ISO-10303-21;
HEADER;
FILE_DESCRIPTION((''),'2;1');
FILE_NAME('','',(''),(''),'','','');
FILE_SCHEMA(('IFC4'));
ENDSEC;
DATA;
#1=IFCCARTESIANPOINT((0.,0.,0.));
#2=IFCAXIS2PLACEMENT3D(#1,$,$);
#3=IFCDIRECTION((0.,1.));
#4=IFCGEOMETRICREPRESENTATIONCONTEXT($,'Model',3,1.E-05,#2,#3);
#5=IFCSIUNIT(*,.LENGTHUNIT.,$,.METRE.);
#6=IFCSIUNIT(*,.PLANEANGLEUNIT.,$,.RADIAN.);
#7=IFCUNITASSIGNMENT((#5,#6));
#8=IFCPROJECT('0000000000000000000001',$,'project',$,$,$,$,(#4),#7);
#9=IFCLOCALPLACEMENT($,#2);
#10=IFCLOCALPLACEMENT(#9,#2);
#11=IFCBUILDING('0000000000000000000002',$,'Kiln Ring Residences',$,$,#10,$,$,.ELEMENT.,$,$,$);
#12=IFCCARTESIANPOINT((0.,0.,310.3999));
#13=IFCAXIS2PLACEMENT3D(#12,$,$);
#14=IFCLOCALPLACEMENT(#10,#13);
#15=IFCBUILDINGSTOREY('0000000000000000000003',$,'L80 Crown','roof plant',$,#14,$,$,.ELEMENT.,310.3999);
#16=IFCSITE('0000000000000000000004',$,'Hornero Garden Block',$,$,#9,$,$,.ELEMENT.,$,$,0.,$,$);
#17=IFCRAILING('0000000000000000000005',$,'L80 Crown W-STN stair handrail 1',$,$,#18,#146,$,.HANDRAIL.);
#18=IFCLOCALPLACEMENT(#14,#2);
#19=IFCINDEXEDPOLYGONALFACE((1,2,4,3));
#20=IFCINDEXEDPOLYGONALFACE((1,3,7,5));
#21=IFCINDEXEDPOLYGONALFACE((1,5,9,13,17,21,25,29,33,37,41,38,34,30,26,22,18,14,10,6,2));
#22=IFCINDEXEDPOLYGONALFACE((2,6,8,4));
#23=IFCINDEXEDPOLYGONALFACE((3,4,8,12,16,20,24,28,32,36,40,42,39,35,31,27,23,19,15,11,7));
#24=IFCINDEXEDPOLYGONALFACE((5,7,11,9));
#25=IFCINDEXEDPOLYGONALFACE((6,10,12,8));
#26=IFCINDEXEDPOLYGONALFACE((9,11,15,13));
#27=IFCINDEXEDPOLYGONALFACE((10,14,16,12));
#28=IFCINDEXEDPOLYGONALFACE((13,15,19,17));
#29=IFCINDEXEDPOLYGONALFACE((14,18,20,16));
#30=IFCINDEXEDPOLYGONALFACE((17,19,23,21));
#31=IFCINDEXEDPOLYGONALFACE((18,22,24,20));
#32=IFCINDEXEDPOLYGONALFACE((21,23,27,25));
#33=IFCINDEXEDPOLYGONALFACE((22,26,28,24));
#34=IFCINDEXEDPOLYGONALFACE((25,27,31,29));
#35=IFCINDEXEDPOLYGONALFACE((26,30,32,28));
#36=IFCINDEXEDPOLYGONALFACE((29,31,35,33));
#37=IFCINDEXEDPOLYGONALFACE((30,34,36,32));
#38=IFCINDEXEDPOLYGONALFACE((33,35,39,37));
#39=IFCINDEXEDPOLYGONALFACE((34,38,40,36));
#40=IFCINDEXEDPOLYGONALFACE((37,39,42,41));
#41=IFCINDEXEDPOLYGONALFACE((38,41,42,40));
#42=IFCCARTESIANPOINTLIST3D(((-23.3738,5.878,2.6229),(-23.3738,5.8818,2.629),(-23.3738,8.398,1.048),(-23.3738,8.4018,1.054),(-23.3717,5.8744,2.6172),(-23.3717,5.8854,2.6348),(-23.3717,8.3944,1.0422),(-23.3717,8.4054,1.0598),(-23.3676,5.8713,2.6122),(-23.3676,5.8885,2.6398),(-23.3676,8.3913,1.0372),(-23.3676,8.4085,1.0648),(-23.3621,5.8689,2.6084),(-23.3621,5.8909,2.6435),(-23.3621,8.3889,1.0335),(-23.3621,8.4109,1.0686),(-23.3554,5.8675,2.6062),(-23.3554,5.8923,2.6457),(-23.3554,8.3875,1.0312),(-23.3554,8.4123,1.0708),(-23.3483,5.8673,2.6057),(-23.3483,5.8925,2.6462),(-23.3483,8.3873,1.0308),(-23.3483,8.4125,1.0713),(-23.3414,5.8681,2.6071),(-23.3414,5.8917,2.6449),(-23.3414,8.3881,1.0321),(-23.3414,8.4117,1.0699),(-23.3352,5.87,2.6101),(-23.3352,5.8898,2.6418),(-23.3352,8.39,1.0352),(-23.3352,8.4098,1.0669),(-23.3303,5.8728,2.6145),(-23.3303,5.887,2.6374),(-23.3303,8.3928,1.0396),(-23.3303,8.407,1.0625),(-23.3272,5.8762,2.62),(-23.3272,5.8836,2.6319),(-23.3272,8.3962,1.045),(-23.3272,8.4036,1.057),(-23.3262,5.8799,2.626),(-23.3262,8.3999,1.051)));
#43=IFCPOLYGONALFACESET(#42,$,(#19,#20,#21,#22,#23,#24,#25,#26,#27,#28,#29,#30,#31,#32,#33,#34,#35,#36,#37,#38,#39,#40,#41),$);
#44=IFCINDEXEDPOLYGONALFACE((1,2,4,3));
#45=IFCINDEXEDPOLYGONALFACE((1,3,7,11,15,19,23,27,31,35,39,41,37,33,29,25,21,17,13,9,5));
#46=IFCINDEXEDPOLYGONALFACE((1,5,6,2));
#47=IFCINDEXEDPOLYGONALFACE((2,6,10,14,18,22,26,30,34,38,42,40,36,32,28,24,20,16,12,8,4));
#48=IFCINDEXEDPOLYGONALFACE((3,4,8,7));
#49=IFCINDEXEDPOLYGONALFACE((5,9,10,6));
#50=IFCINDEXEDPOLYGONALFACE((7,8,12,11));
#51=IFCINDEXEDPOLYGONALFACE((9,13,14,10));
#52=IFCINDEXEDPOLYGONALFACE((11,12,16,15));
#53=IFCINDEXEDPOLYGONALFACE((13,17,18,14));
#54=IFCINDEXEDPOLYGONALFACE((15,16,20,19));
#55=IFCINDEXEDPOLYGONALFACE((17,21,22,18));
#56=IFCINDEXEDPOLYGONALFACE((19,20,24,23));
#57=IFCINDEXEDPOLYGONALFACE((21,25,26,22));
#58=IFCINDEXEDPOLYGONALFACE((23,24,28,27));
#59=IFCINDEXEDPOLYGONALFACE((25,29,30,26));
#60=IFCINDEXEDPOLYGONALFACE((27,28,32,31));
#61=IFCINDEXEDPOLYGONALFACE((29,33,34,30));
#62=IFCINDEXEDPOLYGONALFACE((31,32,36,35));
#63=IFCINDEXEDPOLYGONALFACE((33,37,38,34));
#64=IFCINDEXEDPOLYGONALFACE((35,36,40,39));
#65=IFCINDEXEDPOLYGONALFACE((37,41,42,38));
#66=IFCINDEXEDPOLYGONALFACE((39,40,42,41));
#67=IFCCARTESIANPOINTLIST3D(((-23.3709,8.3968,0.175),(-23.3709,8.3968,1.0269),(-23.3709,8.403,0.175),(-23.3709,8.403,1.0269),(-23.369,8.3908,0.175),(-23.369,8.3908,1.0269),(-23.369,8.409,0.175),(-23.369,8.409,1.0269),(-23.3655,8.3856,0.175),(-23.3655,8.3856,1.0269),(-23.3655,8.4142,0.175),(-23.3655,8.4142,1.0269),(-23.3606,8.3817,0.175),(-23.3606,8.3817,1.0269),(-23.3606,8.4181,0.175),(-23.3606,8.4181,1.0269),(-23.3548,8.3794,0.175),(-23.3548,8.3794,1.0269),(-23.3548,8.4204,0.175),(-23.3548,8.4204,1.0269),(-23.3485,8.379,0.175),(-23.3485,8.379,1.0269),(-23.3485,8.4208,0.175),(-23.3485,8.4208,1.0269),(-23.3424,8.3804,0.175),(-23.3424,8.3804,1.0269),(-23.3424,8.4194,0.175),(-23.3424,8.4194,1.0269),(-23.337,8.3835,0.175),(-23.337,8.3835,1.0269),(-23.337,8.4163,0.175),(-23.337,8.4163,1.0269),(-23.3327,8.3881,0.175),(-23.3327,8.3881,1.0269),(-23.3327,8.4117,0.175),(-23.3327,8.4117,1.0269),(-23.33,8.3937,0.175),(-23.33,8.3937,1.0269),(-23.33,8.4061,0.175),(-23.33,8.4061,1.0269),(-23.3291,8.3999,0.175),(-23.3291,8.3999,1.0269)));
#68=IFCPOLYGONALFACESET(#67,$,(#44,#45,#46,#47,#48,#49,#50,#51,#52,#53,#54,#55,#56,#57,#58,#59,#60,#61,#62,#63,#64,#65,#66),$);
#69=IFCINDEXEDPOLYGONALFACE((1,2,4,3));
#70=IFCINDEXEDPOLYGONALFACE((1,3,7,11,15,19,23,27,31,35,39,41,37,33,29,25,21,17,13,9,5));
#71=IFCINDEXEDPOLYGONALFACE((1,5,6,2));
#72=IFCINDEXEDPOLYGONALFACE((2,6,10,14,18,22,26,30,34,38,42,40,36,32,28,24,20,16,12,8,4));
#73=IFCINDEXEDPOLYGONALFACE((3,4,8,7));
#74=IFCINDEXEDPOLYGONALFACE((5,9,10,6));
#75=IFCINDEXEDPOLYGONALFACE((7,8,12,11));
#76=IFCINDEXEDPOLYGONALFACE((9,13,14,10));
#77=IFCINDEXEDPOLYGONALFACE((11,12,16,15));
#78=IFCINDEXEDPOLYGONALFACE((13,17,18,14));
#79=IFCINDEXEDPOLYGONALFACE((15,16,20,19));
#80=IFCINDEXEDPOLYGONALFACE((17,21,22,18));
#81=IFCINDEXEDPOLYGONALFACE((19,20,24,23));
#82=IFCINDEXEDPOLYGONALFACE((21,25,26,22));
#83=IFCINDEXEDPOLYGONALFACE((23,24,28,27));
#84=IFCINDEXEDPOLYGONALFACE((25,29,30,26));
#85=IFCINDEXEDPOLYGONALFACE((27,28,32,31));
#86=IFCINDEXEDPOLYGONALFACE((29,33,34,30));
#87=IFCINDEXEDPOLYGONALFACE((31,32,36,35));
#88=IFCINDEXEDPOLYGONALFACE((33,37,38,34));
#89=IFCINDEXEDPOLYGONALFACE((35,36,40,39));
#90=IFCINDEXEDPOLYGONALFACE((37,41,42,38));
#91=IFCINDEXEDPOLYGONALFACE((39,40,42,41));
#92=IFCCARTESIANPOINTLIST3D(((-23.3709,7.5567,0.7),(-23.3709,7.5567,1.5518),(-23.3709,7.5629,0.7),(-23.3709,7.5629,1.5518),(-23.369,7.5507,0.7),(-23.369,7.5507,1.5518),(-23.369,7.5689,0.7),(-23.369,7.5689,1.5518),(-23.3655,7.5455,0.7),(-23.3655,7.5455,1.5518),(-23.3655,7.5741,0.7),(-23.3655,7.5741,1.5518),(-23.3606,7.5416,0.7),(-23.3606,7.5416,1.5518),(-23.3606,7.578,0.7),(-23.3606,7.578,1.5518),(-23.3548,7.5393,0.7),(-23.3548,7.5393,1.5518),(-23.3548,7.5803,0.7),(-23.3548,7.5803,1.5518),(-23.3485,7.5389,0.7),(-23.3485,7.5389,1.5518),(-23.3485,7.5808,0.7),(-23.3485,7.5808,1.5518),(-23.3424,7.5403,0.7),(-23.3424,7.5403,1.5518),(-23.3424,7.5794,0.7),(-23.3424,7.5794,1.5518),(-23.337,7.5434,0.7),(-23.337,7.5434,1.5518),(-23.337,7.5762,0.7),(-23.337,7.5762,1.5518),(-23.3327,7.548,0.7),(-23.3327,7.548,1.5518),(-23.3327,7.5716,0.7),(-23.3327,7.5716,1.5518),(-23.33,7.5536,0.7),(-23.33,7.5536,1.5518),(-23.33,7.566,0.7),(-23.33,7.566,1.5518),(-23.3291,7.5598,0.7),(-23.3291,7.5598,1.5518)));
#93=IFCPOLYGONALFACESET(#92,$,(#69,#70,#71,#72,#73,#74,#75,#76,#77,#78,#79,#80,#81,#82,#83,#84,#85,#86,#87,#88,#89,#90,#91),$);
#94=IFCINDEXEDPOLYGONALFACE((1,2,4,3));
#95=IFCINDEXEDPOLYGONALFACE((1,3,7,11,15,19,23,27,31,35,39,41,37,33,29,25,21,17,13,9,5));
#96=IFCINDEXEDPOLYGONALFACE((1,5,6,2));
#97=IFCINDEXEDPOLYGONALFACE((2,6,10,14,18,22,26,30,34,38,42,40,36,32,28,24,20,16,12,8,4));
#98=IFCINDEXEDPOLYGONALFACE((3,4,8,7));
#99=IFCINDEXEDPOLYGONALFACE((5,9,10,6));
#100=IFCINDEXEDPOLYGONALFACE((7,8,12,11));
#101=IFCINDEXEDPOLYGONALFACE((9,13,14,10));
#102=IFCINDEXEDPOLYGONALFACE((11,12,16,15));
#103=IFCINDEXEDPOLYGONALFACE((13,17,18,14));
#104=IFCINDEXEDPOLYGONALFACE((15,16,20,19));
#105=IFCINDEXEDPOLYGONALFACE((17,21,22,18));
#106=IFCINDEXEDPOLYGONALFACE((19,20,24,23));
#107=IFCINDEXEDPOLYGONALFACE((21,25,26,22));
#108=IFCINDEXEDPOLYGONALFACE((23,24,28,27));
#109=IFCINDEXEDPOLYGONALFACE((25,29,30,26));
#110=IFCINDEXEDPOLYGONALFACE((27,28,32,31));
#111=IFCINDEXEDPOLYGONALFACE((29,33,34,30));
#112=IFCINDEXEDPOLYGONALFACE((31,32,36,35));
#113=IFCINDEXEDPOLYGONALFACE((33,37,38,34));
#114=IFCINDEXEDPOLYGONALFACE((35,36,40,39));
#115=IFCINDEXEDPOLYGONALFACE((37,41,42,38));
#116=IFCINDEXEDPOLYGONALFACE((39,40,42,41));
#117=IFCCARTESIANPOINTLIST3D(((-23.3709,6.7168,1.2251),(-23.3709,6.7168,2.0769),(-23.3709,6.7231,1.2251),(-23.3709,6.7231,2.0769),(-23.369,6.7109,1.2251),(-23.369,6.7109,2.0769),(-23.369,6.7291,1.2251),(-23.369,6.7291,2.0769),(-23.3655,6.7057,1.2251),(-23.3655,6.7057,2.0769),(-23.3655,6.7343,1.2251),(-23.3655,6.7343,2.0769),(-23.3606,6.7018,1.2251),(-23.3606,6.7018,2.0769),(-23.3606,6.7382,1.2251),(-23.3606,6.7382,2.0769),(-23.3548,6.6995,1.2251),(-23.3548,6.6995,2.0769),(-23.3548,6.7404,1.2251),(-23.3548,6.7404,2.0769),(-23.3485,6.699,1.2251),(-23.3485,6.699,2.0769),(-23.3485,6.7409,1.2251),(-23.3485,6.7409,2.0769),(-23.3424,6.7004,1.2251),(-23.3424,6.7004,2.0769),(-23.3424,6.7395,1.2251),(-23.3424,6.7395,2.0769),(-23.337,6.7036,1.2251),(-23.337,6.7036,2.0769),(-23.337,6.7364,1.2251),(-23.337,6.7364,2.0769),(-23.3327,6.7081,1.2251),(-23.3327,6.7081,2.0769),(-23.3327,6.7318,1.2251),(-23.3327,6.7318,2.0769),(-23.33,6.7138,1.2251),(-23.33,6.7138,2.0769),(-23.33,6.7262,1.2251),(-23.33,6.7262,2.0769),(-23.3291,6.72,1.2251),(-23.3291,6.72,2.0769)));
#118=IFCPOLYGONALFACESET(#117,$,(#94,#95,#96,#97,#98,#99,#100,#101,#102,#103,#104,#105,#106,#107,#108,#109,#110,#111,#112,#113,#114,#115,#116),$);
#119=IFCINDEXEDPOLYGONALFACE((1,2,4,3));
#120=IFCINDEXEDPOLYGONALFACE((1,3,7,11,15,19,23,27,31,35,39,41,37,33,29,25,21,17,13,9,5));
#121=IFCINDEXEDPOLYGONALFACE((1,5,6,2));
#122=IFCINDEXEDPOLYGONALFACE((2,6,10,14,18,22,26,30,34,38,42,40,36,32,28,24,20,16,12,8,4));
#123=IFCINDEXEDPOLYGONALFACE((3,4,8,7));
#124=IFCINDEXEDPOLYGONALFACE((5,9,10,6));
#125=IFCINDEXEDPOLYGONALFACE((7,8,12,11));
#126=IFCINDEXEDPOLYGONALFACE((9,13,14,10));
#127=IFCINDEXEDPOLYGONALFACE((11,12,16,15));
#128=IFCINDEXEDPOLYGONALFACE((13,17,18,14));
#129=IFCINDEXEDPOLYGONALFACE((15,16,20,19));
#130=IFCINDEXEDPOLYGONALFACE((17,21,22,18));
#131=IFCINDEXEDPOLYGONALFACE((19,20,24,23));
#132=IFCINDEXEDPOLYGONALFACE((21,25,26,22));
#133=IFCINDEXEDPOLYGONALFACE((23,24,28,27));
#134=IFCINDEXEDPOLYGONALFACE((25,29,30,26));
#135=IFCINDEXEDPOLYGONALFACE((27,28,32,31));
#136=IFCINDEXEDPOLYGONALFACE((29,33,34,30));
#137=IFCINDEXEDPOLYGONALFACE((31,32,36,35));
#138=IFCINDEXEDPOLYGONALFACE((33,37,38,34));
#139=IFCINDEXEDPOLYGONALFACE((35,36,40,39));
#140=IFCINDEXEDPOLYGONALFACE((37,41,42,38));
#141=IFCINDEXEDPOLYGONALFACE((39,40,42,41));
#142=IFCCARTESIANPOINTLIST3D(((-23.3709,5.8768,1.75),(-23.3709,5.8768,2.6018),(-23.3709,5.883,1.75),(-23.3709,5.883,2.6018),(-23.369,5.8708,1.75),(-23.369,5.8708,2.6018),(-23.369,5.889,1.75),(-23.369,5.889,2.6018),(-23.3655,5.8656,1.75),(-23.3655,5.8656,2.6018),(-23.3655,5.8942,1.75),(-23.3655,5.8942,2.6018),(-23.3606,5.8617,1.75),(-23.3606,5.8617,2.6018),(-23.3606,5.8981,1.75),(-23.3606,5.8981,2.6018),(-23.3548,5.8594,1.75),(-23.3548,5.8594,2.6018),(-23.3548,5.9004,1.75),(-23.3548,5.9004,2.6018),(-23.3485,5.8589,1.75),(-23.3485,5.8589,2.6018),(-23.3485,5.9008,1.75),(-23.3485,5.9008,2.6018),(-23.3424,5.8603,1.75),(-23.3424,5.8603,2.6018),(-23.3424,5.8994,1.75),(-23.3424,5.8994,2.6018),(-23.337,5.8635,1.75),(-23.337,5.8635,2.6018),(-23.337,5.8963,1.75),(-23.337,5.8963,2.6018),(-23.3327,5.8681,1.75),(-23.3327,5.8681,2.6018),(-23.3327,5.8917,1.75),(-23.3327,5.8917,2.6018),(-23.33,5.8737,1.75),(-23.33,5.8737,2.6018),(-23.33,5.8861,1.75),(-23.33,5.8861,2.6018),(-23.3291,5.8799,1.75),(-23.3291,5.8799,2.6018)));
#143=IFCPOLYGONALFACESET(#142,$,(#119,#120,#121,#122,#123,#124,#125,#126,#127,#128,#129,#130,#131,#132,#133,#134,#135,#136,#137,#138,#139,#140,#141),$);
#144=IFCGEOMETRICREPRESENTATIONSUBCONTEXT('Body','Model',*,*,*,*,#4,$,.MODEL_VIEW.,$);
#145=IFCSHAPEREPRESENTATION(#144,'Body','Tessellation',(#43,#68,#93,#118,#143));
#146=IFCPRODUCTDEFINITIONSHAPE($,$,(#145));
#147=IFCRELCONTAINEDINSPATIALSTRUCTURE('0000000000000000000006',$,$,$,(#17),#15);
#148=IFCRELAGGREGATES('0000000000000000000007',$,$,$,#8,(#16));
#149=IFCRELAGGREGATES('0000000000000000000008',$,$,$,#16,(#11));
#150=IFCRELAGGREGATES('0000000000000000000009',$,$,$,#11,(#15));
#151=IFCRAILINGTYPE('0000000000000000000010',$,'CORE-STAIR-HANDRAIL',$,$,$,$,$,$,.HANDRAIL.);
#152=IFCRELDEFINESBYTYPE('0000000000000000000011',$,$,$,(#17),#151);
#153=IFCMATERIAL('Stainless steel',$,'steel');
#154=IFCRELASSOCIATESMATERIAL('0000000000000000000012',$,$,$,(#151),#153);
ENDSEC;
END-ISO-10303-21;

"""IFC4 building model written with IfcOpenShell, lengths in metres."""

from ifc_helpers import new_model, si_unit, direction, frame, origin, origin_2d, place, context, subcontext, project, spatial, circle, extrude, material, type_object, element, save


model = new_model("IFC4")

# Units and contexts
model_context = context("Model", 3, precision=1e-05, world=origin(), true_north=direction((0.0, 1.0)))
body_context = subcontext(model_context, "Body", "Model", "MODEL_VIEW")
ifc_project = project(units=[si_unit("LENGTHUNIT", "METRE"), si_unit("PLANEANGLEUNIT", "RADIAN")], contexts=[model_context])

# Site, building, storey
site_placement = place(None, origin())
site = spatial("IfcSite", under=ifc_project, at=site_placement, Name="Hornero Garden Block", CompositionType="ELEMENT", RefElevation=0.0)
building_placement = place(site_placement, origin())
building = spatial("IfcBuilding", under=site, at=building_placement, Name="Kiln Ring Residences", CompositionType="ELEMENT")
storey_placement = place(building_placement, frame((0.0, 0.0, 310.3999)))
storey = spatial("IfcBuildingStorey", under=building, at=storey_placement, Name="L80 Crown", Description="roof plant", CompositionType="ELEMENT", Elevation=310.3999)

# Railing
ifc_material_1 = material(Name="Stainless steel", Category="steel")
railing_type_1 = type_object("IfcRailingType", Name="CORE-STAIR-HANDRAIL", PredefinedType="HANDRAIL", material=ifc_material_1)
railing_1_placement = place(storey_placement, frame((-23.3501, 8.3999, 0.175)))
element("IfcRailing", 1, at=railing_1_placement, inside=storey, type_object=railing_type_1, Name="L80 Crown W-STN stair handrail 1", PredefinedType="HANDRAIL", context=body_context, shape_type="SweptSolid", body=[
    extrude(circle(Radius=0.0239, at=origin_2d()), frame((0.0, 0.0, 0.876), z_axis=(0.0, -0.848008, 0.529984), x_axis=(1.0, 0.0, 0.0)), (0.0, 0.0, 1.0), 2.9717),
    extrude(circle(Radius=0.021, at=origin_2d()), origin(), (0.0, 0.0, 1.0), 0.8518),
    extrude(circle(Radius=0.021, at=origin_2d()), frame((0.0, -0.8401, 0.5249)), (0.0, 0.0, 1.0), 0.8518),
    extrude(circle(Radius=0.021, at=origin_2d()), frame((0.0, -1.6799, 1.05)), (0.0, 0.0, 1.0), 0.8518),
    extrude(circle(Radius=0.021, at=origin_2d()), frame((0.0, -2.52, 1.575)), (0.0, 0.0, 1.0), 0.8518),
])

save(model, "model.ifc")
